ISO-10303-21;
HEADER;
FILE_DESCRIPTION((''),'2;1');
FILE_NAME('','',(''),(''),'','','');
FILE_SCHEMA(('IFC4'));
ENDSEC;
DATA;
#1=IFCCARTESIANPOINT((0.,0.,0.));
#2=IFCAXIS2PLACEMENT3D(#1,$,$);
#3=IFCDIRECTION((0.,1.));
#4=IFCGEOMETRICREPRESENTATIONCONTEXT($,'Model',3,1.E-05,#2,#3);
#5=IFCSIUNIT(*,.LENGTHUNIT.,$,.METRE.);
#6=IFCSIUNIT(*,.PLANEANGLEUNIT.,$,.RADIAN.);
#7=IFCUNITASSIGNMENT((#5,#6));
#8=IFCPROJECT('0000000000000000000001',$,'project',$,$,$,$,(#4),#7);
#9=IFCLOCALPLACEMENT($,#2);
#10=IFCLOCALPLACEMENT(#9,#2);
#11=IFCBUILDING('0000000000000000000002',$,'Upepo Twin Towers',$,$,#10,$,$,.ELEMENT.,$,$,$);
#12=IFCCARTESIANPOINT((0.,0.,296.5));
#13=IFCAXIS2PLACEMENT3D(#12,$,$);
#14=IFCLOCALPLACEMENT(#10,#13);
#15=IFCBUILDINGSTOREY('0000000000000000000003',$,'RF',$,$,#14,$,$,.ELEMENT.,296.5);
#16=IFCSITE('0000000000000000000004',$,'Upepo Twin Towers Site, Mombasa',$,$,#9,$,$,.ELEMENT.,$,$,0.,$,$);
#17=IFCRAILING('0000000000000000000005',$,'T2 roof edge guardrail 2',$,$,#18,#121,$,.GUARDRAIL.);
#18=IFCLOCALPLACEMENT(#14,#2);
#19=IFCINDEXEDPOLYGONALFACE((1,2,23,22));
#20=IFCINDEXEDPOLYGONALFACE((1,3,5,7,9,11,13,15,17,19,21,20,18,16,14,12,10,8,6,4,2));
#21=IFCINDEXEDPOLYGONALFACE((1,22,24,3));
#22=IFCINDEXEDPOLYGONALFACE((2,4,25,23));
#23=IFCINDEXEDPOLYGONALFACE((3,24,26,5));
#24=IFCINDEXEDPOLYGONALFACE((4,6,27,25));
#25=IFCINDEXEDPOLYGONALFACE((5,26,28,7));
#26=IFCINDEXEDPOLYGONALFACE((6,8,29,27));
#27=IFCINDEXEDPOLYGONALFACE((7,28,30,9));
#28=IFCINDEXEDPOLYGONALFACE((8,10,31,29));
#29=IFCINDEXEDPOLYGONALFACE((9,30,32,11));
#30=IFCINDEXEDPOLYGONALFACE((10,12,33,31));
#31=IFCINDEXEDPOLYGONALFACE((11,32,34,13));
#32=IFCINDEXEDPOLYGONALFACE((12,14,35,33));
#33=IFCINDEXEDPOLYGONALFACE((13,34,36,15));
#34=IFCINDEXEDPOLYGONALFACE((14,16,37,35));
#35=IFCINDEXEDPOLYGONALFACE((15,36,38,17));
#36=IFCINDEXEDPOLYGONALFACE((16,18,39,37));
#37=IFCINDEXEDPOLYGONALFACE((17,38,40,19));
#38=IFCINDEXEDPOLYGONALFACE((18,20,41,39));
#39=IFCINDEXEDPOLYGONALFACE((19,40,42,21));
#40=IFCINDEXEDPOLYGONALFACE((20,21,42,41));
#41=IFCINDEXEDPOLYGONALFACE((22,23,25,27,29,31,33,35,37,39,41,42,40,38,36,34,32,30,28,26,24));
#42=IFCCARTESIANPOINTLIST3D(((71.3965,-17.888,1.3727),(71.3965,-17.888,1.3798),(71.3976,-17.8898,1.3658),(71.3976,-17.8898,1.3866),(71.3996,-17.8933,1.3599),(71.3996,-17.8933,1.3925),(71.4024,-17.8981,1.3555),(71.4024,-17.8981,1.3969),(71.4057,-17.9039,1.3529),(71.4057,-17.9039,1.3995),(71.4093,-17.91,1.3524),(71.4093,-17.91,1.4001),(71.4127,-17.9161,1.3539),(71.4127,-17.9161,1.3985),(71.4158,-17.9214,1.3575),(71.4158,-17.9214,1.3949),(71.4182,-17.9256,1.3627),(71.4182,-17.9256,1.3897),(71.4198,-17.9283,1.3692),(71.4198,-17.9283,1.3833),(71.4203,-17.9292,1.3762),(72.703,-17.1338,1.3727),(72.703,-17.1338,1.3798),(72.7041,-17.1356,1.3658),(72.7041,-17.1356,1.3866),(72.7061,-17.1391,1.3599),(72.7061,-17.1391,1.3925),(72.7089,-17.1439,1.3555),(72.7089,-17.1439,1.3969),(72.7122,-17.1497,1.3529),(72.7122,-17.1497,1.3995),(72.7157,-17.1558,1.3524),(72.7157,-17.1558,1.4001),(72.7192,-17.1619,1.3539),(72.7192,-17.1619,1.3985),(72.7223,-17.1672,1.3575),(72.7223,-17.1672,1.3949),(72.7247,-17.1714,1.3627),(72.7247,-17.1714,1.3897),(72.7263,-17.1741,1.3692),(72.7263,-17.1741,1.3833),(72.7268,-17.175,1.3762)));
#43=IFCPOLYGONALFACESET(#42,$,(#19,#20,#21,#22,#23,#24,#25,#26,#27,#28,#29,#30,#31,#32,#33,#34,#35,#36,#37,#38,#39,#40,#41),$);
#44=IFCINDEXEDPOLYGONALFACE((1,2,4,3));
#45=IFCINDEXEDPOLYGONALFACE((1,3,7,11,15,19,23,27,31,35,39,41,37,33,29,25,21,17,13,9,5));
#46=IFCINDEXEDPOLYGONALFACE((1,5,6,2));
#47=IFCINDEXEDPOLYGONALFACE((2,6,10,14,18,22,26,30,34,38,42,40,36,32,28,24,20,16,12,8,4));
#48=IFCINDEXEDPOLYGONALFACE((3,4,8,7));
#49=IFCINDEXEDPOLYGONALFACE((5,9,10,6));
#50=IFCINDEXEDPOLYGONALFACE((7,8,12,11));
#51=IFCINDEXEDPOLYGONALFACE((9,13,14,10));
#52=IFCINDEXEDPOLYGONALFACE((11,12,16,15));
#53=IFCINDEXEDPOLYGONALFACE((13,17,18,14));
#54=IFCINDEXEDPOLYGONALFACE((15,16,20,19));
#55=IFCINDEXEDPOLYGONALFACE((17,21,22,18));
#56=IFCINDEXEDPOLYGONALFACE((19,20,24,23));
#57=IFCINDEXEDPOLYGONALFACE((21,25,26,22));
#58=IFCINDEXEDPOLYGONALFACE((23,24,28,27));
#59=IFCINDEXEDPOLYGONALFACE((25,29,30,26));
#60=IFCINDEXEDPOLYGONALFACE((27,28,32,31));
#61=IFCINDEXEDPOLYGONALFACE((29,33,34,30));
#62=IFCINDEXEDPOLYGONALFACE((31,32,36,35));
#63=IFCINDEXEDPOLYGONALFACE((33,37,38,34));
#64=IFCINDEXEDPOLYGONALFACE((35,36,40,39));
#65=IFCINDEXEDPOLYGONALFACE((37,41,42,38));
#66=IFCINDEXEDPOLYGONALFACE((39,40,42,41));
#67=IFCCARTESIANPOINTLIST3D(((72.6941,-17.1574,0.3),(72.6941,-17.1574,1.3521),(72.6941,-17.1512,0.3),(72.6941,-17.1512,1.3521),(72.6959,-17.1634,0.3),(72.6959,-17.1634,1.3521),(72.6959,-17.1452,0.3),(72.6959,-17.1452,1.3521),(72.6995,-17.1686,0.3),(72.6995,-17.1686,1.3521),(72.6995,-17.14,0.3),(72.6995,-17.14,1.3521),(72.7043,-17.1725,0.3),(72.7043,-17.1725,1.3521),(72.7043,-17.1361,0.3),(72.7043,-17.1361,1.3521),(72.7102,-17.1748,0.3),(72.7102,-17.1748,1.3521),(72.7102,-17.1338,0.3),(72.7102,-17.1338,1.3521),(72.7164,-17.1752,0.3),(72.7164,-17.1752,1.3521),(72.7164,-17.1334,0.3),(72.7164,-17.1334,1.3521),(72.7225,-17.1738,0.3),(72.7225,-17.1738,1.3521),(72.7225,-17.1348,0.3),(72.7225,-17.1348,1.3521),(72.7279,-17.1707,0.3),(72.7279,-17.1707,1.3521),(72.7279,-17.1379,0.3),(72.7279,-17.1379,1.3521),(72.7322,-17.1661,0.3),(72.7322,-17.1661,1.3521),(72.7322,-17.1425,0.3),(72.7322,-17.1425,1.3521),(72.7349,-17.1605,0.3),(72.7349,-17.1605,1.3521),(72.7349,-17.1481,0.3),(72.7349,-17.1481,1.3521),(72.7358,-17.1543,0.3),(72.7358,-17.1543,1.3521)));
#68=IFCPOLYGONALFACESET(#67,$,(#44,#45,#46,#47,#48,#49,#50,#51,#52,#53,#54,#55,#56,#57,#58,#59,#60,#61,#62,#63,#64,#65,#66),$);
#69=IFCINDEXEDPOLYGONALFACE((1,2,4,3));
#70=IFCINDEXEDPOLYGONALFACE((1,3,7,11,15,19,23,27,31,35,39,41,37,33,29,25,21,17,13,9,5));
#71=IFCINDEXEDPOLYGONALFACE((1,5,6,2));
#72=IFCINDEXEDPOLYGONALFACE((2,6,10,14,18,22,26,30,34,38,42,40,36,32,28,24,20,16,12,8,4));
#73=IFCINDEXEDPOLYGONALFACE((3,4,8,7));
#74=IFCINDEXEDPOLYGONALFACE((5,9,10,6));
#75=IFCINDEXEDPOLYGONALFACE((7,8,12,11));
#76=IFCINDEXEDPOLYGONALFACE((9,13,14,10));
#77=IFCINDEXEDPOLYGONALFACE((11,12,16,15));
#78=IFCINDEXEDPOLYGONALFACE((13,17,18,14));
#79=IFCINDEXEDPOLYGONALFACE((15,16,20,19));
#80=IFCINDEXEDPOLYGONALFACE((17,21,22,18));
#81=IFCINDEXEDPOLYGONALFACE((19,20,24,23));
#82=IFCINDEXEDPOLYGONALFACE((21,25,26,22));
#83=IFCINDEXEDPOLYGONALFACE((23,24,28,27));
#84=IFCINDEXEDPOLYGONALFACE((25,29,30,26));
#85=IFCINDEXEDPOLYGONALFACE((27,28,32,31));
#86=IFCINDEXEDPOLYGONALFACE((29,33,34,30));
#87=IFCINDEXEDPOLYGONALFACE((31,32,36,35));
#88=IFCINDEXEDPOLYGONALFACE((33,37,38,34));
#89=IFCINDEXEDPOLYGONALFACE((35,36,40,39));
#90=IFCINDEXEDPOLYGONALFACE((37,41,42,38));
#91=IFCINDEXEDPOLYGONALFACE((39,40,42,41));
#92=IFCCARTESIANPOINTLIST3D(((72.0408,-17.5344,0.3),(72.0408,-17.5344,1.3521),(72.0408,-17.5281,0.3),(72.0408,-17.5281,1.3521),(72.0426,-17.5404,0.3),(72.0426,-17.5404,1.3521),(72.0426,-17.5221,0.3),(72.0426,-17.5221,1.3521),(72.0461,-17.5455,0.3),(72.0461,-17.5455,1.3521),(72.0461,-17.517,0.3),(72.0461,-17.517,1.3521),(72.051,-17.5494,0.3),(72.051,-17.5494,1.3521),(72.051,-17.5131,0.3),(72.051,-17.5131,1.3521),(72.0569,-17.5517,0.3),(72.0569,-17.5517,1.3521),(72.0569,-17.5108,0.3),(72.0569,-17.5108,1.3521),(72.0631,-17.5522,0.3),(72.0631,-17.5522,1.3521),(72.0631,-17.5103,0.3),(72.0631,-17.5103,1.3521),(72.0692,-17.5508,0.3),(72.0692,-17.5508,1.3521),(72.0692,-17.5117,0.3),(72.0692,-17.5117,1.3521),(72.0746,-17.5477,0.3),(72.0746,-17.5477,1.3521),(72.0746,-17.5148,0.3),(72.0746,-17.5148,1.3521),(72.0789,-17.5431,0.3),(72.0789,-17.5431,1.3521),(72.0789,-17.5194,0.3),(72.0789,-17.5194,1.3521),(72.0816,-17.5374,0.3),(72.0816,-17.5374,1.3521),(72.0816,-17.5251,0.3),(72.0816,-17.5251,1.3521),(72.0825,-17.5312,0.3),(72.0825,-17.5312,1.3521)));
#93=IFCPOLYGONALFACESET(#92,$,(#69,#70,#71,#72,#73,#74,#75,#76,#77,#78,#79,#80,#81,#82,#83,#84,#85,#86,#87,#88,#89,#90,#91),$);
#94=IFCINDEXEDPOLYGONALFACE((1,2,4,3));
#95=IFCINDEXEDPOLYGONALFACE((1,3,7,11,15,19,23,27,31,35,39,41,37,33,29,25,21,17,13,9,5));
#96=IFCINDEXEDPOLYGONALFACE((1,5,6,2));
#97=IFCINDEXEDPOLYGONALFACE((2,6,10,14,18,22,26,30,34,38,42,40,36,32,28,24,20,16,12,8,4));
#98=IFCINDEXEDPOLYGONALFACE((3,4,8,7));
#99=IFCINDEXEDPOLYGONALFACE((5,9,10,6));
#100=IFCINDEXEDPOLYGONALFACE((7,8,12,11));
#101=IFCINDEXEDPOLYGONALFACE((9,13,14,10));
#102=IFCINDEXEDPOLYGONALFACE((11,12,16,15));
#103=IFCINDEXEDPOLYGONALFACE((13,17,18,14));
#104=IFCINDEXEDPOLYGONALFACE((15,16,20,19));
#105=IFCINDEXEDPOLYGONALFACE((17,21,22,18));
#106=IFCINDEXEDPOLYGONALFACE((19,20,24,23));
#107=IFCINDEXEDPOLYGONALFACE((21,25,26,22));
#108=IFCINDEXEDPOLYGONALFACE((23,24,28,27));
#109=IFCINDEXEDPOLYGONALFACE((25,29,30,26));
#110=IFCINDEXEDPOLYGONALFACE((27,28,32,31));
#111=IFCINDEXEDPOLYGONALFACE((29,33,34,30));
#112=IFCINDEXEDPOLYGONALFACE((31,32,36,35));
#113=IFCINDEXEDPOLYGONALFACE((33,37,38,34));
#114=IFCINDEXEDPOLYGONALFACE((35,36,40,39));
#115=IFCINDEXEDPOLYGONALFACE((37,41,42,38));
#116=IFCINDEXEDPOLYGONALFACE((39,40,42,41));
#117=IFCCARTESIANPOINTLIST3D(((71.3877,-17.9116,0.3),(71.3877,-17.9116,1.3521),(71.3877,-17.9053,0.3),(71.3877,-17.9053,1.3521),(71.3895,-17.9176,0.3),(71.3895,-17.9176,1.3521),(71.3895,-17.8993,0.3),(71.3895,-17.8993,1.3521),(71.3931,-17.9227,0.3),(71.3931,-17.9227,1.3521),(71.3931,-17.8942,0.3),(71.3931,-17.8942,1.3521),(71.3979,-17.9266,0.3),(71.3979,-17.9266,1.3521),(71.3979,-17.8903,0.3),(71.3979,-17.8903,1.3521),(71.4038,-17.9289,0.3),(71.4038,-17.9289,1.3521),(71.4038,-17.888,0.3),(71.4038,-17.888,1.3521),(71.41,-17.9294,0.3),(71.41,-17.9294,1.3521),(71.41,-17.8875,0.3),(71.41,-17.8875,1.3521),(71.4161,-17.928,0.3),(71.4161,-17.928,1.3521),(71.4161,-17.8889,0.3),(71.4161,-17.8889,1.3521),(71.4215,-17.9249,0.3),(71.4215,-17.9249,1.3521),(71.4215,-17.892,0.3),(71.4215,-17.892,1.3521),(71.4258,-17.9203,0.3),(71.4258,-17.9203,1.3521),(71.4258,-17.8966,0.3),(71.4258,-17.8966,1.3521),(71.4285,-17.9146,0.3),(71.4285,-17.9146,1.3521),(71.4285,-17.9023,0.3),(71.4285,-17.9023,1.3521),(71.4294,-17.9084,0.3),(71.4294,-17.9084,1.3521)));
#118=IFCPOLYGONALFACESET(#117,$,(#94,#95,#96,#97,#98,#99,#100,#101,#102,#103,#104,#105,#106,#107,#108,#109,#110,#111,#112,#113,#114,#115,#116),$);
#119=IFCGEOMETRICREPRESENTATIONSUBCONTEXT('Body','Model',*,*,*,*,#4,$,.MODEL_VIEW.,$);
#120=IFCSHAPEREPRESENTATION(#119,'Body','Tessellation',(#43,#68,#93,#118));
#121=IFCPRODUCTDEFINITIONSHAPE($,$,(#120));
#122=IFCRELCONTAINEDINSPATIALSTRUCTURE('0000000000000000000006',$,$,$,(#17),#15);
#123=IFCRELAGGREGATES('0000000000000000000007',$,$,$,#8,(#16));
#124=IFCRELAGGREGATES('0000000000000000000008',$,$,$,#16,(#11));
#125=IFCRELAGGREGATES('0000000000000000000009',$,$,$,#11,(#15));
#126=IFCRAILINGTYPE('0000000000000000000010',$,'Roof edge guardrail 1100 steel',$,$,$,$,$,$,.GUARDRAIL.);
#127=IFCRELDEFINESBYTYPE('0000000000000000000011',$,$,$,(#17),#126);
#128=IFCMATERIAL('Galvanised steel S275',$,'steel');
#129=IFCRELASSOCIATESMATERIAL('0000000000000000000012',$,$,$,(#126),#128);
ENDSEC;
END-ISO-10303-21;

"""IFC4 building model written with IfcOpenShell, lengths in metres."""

from ifc_helpers import new_model, si_unit, direction, frame, origin, origin_2d, place, context, subcontext, project, spatial, circle, extrude, material, type_object, element, save


model = new_model("IFC4")

# Units and contexts
model_context = context("Model", 3, precision=1e-05, world=origin(), true_north=direction((0.0, 1.0)))
body_context = subcontext(model_context, "Body", "Model", "MODEL_VIEW")
ifc_project = project(units=[si_unit("LENGTHUNIT", "METRE"), si_unit("PLANEANGLEUNIT", "RADIAN")], contexts=[model_context])

# Site, building, storey
site_placement = place(None, origin())
site = spatial("IfcSite", under=ifc_project, at=site_placement, Name="Upepo Twin Towers Site, Mombasa", CompositionType="ELEMENT", RefElevation=0.0)
building_placement = place(site_placement, origin())
building = spatial("IfcBuilding", under=site, at=building_placement, Name="Upepo Twin Towers", CompositionType="ELEMENT")
storey_placement = place(building_placement, frame((0.0, 0.0, 296.5)))
storey = spatial("IfcBuildingStorey", under=building, at=storey_placement, Name="RF", CompositionType="ELEMENT", Elevation=296.5)

# Railing
ifc_material_1 = material(Name="Galvanised steel S275", Category="steel")
railing_type_1 = type_object("IfcRailingType", Name="Roof edge guardrail 1100 steel", PredefinedType="GUARDRAIL", material=ifc_material_1)
railing_1_placement = place(storey_placement, frame((72.7148, -17.1543, 0.3)))
element("IfcRailing", 1, at=railing_1_placement, inside=storey, type_object=railing_type_1, Name="T2 roof edge guardrail 2", PredefinedType="GUARDRAIL", context=body_context, shape_type="SweptSolid", body=[
    extrude(circle(Radius=0.0239, at=origin_2d()), frame((0.0, 0.0, 1.0762), z_axis=(-0.866054, -0.499951, 0.0), x_axis=(0.499951, -0.866054, 0.0)), (0.0, 0.0, 1.0), 1.5085),
    extrude(circle(Radius=0.021, at=origin_2d()), origin(), (0.0, 0.0, 1.0), 1.052),
    extrude(circle(Radius=0.021, at=origin_2d()), frame((-0.6533, -0.377, 0.0)), (0.0, 0.0, 1.0), 1.052),
    extrude(circle(Radius=0.021, at=origin_2d()), frame((-1.3064, -0.7542, 0.0)), (0.0, 0.0, 1.0), 1.052),
])

save(model, "model.ifc")
